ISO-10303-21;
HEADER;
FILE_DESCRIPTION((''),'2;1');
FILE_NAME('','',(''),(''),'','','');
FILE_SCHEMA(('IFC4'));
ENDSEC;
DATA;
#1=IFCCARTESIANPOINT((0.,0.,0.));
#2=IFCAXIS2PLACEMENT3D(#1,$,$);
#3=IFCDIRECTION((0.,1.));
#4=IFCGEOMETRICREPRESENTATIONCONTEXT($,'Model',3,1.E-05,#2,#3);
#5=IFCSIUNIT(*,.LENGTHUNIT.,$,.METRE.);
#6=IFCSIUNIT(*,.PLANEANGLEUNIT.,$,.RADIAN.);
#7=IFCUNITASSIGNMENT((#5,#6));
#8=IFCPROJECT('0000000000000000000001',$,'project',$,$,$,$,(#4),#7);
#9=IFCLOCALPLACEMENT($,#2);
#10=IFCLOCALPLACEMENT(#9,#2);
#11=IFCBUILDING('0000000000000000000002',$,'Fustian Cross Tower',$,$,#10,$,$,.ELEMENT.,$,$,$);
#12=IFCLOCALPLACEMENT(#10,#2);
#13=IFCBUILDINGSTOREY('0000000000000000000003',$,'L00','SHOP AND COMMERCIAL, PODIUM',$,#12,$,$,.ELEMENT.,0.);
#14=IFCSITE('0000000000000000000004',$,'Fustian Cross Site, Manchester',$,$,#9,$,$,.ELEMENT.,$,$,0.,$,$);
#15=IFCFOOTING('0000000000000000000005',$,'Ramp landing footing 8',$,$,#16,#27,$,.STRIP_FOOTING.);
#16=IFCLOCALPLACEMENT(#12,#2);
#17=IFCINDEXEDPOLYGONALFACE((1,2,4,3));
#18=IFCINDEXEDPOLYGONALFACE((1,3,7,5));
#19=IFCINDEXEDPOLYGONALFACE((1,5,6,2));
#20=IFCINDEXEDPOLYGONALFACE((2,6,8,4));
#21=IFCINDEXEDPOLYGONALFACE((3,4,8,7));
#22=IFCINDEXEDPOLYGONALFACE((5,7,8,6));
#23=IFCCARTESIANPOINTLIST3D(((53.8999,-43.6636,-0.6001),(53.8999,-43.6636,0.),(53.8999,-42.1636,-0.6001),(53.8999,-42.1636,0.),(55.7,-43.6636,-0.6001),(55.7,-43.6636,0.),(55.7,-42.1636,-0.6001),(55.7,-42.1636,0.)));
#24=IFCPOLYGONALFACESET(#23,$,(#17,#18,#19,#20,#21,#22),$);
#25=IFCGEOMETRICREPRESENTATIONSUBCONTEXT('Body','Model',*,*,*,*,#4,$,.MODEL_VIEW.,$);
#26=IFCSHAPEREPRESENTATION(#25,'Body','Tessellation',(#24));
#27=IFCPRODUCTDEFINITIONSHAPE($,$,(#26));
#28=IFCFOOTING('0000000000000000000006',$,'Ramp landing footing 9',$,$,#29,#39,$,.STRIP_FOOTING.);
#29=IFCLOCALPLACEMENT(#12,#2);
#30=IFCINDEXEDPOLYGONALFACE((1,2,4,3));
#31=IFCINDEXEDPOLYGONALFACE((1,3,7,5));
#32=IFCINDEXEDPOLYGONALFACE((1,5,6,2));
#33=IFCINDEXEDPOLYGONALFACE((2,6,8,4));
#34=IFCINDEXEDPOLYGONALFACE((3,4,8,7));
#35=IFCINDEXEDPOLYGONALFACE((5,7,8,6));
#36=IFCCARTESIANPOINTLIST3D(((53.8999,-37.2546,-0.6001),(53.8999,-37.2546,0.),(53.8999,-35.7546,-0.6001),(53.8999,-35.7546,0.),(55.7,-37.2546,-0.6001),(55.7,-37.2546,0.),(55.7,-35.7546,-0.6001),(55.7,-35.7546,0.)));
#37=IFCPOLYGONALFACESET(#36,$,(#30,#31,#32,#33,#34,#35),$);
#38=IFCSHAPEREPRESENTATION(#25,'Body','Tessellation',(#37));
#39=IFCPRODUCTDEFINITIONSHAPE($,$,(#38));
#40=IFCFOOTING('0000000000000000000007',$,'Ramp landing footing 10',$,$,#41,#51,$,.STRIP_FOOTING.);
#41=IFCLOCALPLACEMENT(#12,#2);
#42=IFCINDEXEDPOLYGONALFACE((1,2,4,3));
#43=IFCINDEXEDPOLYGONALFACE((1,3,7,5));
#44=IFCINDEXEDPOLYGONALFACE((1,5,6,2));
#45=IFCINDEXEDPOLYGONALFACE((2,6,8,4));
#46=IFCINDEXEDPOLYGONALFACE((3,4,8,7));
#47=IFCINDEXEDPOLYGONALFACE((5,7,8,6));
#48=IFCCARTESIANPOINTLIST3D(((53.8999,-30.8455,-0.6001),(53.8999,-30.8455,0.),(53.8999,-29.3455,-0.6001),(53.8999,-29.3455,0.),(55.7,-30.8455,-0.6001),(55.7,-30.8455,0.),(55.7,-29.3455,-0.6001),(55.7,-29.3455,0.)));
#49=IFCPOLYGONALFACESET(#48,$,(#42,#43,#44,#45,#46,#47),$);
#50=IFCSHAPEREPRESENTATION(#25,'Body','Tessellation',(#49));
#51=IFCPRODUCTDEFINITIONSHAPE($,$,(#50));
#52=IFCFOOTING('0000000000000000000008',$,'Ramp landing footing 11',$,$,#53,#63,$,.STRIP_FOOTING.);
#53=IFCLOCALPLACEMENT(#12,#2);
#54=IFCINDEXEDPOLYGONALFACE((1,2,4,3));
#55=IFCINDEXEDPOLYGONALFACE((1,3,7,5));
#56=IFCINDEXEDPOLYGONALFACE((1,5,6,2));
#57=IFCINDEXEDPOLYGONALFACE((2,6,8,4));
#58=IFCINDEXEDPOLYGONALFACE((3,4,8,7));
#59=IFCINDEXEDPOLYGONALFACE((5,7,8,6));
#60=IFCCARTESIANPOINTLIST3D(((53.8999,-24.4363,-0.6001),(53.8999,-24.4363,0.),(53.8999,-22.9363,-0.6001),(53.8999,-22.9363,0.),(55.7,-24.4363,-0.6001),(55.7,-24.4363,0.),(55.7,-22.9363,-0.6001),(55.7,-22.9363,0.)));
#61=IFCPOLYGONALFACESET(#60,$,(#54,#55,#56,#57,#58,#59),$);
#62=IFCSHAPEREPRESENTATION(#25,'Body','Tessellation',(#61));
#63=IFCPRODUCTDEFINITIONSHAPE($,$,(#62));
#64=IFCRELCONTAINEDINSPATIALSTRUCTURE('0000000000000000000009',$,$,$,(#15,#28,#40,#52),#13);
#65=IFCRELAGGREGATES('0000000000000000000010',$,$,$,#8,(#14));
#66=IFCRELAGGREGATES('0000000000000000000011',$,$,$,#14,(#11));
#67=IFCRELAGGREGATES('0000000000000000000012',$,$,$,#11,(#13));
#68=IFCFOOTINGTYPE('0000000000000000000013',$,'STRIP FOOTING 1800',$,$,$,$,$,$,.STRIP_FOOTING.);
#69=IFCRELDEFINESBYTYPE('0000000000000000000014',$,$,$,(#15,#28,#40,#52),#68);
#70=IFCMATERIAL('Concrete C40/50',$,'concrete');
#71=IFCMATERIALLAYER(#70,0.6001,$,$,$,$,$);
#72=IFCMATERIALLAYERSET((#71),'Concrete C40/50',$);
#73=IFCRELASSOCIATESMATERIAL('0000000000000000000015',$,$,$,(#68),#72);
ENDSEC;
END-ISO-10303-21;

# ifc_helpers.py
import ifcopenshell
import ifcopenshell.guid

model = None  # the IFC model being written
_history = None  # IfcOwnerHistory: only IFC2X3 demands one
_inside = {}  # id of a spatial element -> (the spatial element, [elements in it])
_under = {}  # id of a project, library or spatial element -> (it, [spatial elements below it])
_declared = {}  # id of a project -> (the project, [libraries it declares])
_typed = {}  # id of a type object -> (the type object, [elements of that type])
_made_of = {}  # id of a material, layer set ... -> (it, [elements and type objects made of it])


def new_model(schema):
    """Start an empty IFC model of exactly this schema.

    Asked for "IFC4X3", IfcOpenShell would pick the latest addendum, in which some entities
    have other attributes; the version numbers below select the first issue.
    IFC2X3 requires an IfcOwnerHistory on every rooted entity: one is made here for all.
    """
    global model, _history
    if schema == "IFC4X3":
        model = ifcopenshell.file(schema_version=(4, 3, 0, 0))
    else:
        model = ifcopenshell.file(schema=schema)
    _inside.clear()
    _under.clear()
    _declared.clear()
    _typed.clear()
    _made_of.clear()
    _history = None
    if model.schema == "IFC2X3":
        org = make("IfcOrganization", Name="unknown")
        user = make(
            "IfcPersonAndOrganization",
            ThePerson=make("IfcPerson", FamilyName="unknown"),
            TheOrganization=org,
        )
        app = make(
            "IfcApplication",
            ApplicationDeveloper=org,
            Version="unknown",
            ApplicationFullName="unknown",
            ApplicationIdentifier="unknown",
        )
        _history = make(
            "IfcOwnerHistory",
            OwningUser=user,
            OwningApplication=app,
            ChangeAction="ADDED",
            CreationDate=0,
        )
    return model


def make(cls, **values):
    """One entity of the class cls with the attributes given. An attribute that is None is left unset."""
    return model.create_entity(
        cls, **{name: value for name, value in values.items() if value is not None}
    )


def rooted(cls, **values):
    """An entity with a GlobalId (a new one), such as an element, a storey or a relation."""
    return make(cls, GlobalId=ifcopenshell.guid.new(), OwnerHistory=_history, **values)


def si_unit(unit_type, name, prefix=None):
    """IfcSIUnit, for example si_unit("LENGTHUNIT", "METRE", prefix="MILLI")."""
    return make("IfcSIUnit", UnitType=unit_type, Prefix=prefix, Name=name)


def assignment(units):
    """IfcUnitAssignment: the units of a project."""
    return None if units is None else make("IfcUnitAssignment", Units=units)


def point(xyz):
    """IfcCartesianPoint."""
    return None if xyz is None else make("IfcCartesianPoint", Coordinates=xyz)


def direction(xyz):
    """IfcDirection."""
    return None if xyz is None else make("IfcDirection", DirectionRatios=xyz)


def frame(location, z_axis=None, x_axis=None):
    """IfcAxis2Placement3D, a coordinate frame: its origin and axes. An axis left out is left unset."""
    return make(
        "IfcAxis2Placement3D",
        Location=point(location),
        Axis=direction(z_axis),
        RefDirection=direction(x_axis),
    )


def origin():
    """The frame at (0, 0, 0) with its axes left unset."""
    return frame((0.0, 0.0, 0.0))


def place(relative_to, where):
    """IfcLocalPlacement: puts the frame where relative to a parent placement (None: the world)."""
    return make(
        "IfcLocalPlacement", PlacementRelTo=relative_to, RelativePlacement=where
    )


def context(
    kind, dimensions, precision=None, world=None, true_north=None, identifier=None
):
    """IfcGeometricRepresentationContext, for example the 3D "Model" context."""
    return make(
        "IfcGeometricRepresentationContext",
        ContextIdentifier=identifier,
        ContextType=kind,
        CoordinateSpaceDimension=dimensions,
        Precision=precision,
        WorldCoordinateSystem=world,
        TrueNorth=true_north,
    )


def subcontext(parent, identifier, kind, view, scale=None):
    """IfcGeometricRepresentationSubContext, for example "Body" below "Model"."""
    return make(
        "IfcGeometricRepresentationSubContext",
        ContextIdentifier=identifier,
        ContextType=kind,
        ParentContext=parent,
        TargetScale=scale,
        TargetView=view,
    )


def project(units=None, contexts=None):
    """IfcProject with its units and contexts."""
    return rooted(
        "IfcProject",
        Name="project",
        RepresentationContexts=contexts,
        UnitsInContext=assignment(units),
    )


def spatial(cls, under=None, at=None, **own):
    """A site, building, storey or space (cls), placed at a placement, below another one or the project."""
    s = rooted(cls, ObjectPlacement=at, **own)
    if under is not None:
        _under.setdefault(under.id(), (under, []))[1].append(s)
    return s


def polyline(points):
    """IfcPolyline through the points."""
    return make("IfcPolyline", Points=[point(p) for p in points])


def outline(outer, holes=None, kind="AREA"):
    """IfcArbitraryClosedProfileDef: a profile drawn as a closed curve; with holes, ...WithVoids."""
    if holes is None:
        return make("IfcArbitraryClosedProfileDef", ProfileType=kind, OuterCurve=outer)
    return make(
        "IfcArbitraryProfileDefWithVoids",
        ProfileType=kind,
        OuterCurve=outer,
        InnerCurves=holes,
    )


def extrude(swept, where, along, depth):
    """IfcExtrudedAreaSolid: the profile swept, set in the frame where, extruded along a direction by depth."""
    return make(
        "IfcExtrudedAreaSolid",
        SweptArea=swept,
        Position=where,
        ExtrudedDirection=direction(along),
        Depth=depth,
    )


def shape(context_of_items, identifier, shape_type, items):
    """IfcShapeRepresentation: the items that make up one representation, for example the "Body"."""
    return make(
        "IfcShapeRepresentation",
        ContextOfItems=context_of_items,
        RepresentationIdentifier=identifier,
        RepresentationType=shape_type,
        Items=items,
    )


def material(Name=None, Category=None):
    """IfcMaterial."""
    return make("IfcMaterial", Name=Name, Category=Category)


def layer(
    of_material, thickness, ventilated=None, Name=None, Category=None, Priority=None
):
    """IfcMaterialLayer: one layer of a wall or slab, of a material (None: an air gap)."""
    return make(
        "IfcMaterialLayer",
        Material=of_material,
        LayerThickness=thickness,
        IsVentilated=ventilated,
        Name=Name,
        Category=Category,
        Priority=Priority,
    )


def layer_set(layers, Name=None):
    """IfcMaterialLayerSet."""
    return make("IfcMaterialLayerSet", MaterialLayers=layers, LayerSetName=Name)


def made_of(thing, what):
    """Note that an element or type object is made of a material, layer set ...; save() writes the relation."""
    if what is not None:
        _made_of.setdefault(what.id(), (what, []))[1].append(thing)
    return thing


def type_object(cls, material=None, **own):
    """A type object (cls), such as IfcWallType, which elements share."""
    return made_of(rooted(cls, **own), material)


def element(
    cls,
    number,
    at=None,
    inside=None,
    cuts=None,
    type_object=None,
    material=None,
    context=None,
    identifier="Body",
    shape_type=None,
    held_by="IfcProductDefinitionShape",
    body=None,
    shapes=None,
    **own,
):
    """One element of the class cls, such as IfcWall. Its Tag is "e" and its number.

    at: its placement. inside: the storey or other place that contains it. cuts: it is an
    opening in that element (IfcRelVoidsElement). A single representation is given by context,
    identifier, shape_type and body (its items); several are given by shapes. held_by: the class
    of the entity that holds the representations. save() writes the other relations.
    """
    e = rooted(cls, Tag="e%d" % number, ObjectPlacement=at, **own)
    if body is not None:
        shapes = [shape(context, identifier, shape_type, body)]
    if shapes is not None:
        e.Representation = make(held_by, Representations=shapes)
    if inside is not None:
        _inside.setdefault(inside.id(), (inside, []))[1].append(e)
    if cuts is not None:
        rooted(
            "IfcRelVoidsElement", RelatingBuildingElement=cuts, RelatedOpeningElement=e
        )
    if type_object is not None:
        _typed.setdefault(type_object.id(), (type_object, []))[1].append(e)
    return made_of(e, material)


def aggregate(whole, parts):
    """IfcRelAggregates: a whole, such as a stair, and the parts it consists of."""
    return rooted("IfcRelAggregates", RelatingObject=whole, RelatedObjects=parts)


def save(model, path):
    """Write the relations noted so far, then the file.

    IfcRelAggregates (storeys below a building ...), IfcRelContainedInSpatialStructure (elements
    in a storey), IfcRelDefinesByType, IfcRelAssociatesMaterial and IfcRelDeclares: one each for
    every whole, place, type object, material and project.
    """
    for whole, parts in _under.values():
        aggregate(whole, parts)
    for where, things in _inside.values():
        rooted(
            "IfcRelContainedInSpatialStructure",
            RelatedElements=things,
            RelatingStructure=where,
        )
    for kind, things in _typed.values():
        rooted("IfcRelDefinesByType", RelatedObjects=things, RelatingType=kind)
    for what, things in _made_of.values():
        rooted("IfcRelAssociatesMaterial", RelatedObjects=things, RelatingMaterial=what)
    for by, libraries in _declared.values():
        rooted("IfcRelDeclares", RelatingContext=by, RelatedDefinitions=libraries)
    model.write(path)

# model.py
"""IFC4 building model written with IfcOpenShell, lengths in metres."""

from ifc_helpers import new_model, si_unit, direction, frame, origin, place, context, subcontext, project, spatial, polyline, outline, extrude, material, layer, layer_set, type_object, element, save


model = new_model("IFC4")

# Units and contexts
model_context = context("Model", 3, precision=1e-05, world=origin(), true_north=direction((0.0, 1.0)))
body_context = subcontext(model_context, "Body", "Model", "MODEL_VIEW")
ifc_project = project(units=[si_unit("LENGTHUNIT", "METRE"), si_unit("PLANEANGLEUNIT", "RADIAN")], contexts=[model_context])

# Site, building, storey
site_placement = place(None, origin())
site = spatial("IfcSite", under=ifc_project, at=site_placement, Name="Fustian Cross Site, Manchester", CompositionType="ELEMENT", RefElevation=0.0)
building_placement = place(site_placement, origin())
building = spatial("IfcBuilding", under=site, at=building_placement, Name="Fustian Cross Tower", CompositionType="ELEMENT")
storey_placement = place(building_placement, origin())
storey = spatial("IfcBuildingStorey", under=building, at=storey_placement, Name="L00", Description="SHOP AND COMMERCIAL, PODIUM", CompositionType="ELEMENT", Elevation=0.0)

# Footings
ifc_material_1 = material(Name="Concrete C40/50", Category="concrete")
ifc_layer_1 = layer(ifc_material_1, 0.6001)
ifc_layer_set_1 = layer_set([ifc_layer_1], Name="Concrete C40/50")
footing_type_1 = type_object("IfcFootingType", Name="STRIP FOOTING 1800", PredefinedType="STRIP_FOOTING", material=ifc_layer_set_1)
footing_1_placement = place(storey_placement, frame((0.0, 0.0, -0.6001)))
element("IfcFooting", 1, at=footing_1_placement, inside=storey, type_object=footing_type_1, Name="Ramp landing footing 8", PredefinedType="STRIP_FOOTING", context=body_context, shape_type="SweptSolid", body=[
    extrude(outline(polyline([(53.8999, -43.6636), (55.7, -43.6636), (55.7, -42.1636), (53.8999, -42.1636), (53.8999, -43.6636)])), origin(), (0.0, 0.0, 1.0), 0.6001),
])
footing_2_placement = place(storey_placement, frame((0.0, 0.0, -0.6001)))
element("IfcFooting", 2, at=footing_2_placement, inside=storey, type_object=footing_type_1, Name="Ramp landing footing 9", PredefinedType="STRIP_FOOTING", context=body_context, shape_type="SweptSolid", body=[
    extrude(outline(polyline([(53.8999, -37.2546), (55.7, -37.2546), (55.7, -35.7546), (53.8999, -35.7546), (53.8999, -37.2546)])), origin(), (0.0, 0.0, 1.0), 0.6001),
])
footing_3_placement = place(storey_placement, frame((0.0, 0.0, -0.6001)))
element("IfcFooting", 3, at=footing_3_placement, inside=storey, type_object=footing_type_1, Name="Ramp landing footing 10", PredefinedType="STRIP_FOOTING", context=body_context, shape_type="SweptSolid", body=[
    extrude(outline(polyline([(53.8999, -30.8455), (55.7, -30.8455), (55.7, -29.3455), (53.8999, -29.3455), (53.8999, -30.8455)])), origin(), (0.0, 0.0, 1.0), 0.6001),
])
footing_4_placement = place(storey_placement, frame((0.0, 0.0, -0.6001)))
element("IfcFooting", 4, at=footing_4_placement, inside=storey, type_object=footing_type_1, Name="Ramp landing footing 11", PredefinedType="STRIP_FOOTING", context=body_context, shape_type="SweptSolid", body=[
    extrude(outline(polyline([(53.8999, -24.4363), (55.7, -24.4363), (55.7, -22.9363), (53.8999, -22.9363), (53.8999, -24.4363)])), origin(), (0.0, 0.0, 1.0), 0.6001),
])

save(model, "model.ifc")
